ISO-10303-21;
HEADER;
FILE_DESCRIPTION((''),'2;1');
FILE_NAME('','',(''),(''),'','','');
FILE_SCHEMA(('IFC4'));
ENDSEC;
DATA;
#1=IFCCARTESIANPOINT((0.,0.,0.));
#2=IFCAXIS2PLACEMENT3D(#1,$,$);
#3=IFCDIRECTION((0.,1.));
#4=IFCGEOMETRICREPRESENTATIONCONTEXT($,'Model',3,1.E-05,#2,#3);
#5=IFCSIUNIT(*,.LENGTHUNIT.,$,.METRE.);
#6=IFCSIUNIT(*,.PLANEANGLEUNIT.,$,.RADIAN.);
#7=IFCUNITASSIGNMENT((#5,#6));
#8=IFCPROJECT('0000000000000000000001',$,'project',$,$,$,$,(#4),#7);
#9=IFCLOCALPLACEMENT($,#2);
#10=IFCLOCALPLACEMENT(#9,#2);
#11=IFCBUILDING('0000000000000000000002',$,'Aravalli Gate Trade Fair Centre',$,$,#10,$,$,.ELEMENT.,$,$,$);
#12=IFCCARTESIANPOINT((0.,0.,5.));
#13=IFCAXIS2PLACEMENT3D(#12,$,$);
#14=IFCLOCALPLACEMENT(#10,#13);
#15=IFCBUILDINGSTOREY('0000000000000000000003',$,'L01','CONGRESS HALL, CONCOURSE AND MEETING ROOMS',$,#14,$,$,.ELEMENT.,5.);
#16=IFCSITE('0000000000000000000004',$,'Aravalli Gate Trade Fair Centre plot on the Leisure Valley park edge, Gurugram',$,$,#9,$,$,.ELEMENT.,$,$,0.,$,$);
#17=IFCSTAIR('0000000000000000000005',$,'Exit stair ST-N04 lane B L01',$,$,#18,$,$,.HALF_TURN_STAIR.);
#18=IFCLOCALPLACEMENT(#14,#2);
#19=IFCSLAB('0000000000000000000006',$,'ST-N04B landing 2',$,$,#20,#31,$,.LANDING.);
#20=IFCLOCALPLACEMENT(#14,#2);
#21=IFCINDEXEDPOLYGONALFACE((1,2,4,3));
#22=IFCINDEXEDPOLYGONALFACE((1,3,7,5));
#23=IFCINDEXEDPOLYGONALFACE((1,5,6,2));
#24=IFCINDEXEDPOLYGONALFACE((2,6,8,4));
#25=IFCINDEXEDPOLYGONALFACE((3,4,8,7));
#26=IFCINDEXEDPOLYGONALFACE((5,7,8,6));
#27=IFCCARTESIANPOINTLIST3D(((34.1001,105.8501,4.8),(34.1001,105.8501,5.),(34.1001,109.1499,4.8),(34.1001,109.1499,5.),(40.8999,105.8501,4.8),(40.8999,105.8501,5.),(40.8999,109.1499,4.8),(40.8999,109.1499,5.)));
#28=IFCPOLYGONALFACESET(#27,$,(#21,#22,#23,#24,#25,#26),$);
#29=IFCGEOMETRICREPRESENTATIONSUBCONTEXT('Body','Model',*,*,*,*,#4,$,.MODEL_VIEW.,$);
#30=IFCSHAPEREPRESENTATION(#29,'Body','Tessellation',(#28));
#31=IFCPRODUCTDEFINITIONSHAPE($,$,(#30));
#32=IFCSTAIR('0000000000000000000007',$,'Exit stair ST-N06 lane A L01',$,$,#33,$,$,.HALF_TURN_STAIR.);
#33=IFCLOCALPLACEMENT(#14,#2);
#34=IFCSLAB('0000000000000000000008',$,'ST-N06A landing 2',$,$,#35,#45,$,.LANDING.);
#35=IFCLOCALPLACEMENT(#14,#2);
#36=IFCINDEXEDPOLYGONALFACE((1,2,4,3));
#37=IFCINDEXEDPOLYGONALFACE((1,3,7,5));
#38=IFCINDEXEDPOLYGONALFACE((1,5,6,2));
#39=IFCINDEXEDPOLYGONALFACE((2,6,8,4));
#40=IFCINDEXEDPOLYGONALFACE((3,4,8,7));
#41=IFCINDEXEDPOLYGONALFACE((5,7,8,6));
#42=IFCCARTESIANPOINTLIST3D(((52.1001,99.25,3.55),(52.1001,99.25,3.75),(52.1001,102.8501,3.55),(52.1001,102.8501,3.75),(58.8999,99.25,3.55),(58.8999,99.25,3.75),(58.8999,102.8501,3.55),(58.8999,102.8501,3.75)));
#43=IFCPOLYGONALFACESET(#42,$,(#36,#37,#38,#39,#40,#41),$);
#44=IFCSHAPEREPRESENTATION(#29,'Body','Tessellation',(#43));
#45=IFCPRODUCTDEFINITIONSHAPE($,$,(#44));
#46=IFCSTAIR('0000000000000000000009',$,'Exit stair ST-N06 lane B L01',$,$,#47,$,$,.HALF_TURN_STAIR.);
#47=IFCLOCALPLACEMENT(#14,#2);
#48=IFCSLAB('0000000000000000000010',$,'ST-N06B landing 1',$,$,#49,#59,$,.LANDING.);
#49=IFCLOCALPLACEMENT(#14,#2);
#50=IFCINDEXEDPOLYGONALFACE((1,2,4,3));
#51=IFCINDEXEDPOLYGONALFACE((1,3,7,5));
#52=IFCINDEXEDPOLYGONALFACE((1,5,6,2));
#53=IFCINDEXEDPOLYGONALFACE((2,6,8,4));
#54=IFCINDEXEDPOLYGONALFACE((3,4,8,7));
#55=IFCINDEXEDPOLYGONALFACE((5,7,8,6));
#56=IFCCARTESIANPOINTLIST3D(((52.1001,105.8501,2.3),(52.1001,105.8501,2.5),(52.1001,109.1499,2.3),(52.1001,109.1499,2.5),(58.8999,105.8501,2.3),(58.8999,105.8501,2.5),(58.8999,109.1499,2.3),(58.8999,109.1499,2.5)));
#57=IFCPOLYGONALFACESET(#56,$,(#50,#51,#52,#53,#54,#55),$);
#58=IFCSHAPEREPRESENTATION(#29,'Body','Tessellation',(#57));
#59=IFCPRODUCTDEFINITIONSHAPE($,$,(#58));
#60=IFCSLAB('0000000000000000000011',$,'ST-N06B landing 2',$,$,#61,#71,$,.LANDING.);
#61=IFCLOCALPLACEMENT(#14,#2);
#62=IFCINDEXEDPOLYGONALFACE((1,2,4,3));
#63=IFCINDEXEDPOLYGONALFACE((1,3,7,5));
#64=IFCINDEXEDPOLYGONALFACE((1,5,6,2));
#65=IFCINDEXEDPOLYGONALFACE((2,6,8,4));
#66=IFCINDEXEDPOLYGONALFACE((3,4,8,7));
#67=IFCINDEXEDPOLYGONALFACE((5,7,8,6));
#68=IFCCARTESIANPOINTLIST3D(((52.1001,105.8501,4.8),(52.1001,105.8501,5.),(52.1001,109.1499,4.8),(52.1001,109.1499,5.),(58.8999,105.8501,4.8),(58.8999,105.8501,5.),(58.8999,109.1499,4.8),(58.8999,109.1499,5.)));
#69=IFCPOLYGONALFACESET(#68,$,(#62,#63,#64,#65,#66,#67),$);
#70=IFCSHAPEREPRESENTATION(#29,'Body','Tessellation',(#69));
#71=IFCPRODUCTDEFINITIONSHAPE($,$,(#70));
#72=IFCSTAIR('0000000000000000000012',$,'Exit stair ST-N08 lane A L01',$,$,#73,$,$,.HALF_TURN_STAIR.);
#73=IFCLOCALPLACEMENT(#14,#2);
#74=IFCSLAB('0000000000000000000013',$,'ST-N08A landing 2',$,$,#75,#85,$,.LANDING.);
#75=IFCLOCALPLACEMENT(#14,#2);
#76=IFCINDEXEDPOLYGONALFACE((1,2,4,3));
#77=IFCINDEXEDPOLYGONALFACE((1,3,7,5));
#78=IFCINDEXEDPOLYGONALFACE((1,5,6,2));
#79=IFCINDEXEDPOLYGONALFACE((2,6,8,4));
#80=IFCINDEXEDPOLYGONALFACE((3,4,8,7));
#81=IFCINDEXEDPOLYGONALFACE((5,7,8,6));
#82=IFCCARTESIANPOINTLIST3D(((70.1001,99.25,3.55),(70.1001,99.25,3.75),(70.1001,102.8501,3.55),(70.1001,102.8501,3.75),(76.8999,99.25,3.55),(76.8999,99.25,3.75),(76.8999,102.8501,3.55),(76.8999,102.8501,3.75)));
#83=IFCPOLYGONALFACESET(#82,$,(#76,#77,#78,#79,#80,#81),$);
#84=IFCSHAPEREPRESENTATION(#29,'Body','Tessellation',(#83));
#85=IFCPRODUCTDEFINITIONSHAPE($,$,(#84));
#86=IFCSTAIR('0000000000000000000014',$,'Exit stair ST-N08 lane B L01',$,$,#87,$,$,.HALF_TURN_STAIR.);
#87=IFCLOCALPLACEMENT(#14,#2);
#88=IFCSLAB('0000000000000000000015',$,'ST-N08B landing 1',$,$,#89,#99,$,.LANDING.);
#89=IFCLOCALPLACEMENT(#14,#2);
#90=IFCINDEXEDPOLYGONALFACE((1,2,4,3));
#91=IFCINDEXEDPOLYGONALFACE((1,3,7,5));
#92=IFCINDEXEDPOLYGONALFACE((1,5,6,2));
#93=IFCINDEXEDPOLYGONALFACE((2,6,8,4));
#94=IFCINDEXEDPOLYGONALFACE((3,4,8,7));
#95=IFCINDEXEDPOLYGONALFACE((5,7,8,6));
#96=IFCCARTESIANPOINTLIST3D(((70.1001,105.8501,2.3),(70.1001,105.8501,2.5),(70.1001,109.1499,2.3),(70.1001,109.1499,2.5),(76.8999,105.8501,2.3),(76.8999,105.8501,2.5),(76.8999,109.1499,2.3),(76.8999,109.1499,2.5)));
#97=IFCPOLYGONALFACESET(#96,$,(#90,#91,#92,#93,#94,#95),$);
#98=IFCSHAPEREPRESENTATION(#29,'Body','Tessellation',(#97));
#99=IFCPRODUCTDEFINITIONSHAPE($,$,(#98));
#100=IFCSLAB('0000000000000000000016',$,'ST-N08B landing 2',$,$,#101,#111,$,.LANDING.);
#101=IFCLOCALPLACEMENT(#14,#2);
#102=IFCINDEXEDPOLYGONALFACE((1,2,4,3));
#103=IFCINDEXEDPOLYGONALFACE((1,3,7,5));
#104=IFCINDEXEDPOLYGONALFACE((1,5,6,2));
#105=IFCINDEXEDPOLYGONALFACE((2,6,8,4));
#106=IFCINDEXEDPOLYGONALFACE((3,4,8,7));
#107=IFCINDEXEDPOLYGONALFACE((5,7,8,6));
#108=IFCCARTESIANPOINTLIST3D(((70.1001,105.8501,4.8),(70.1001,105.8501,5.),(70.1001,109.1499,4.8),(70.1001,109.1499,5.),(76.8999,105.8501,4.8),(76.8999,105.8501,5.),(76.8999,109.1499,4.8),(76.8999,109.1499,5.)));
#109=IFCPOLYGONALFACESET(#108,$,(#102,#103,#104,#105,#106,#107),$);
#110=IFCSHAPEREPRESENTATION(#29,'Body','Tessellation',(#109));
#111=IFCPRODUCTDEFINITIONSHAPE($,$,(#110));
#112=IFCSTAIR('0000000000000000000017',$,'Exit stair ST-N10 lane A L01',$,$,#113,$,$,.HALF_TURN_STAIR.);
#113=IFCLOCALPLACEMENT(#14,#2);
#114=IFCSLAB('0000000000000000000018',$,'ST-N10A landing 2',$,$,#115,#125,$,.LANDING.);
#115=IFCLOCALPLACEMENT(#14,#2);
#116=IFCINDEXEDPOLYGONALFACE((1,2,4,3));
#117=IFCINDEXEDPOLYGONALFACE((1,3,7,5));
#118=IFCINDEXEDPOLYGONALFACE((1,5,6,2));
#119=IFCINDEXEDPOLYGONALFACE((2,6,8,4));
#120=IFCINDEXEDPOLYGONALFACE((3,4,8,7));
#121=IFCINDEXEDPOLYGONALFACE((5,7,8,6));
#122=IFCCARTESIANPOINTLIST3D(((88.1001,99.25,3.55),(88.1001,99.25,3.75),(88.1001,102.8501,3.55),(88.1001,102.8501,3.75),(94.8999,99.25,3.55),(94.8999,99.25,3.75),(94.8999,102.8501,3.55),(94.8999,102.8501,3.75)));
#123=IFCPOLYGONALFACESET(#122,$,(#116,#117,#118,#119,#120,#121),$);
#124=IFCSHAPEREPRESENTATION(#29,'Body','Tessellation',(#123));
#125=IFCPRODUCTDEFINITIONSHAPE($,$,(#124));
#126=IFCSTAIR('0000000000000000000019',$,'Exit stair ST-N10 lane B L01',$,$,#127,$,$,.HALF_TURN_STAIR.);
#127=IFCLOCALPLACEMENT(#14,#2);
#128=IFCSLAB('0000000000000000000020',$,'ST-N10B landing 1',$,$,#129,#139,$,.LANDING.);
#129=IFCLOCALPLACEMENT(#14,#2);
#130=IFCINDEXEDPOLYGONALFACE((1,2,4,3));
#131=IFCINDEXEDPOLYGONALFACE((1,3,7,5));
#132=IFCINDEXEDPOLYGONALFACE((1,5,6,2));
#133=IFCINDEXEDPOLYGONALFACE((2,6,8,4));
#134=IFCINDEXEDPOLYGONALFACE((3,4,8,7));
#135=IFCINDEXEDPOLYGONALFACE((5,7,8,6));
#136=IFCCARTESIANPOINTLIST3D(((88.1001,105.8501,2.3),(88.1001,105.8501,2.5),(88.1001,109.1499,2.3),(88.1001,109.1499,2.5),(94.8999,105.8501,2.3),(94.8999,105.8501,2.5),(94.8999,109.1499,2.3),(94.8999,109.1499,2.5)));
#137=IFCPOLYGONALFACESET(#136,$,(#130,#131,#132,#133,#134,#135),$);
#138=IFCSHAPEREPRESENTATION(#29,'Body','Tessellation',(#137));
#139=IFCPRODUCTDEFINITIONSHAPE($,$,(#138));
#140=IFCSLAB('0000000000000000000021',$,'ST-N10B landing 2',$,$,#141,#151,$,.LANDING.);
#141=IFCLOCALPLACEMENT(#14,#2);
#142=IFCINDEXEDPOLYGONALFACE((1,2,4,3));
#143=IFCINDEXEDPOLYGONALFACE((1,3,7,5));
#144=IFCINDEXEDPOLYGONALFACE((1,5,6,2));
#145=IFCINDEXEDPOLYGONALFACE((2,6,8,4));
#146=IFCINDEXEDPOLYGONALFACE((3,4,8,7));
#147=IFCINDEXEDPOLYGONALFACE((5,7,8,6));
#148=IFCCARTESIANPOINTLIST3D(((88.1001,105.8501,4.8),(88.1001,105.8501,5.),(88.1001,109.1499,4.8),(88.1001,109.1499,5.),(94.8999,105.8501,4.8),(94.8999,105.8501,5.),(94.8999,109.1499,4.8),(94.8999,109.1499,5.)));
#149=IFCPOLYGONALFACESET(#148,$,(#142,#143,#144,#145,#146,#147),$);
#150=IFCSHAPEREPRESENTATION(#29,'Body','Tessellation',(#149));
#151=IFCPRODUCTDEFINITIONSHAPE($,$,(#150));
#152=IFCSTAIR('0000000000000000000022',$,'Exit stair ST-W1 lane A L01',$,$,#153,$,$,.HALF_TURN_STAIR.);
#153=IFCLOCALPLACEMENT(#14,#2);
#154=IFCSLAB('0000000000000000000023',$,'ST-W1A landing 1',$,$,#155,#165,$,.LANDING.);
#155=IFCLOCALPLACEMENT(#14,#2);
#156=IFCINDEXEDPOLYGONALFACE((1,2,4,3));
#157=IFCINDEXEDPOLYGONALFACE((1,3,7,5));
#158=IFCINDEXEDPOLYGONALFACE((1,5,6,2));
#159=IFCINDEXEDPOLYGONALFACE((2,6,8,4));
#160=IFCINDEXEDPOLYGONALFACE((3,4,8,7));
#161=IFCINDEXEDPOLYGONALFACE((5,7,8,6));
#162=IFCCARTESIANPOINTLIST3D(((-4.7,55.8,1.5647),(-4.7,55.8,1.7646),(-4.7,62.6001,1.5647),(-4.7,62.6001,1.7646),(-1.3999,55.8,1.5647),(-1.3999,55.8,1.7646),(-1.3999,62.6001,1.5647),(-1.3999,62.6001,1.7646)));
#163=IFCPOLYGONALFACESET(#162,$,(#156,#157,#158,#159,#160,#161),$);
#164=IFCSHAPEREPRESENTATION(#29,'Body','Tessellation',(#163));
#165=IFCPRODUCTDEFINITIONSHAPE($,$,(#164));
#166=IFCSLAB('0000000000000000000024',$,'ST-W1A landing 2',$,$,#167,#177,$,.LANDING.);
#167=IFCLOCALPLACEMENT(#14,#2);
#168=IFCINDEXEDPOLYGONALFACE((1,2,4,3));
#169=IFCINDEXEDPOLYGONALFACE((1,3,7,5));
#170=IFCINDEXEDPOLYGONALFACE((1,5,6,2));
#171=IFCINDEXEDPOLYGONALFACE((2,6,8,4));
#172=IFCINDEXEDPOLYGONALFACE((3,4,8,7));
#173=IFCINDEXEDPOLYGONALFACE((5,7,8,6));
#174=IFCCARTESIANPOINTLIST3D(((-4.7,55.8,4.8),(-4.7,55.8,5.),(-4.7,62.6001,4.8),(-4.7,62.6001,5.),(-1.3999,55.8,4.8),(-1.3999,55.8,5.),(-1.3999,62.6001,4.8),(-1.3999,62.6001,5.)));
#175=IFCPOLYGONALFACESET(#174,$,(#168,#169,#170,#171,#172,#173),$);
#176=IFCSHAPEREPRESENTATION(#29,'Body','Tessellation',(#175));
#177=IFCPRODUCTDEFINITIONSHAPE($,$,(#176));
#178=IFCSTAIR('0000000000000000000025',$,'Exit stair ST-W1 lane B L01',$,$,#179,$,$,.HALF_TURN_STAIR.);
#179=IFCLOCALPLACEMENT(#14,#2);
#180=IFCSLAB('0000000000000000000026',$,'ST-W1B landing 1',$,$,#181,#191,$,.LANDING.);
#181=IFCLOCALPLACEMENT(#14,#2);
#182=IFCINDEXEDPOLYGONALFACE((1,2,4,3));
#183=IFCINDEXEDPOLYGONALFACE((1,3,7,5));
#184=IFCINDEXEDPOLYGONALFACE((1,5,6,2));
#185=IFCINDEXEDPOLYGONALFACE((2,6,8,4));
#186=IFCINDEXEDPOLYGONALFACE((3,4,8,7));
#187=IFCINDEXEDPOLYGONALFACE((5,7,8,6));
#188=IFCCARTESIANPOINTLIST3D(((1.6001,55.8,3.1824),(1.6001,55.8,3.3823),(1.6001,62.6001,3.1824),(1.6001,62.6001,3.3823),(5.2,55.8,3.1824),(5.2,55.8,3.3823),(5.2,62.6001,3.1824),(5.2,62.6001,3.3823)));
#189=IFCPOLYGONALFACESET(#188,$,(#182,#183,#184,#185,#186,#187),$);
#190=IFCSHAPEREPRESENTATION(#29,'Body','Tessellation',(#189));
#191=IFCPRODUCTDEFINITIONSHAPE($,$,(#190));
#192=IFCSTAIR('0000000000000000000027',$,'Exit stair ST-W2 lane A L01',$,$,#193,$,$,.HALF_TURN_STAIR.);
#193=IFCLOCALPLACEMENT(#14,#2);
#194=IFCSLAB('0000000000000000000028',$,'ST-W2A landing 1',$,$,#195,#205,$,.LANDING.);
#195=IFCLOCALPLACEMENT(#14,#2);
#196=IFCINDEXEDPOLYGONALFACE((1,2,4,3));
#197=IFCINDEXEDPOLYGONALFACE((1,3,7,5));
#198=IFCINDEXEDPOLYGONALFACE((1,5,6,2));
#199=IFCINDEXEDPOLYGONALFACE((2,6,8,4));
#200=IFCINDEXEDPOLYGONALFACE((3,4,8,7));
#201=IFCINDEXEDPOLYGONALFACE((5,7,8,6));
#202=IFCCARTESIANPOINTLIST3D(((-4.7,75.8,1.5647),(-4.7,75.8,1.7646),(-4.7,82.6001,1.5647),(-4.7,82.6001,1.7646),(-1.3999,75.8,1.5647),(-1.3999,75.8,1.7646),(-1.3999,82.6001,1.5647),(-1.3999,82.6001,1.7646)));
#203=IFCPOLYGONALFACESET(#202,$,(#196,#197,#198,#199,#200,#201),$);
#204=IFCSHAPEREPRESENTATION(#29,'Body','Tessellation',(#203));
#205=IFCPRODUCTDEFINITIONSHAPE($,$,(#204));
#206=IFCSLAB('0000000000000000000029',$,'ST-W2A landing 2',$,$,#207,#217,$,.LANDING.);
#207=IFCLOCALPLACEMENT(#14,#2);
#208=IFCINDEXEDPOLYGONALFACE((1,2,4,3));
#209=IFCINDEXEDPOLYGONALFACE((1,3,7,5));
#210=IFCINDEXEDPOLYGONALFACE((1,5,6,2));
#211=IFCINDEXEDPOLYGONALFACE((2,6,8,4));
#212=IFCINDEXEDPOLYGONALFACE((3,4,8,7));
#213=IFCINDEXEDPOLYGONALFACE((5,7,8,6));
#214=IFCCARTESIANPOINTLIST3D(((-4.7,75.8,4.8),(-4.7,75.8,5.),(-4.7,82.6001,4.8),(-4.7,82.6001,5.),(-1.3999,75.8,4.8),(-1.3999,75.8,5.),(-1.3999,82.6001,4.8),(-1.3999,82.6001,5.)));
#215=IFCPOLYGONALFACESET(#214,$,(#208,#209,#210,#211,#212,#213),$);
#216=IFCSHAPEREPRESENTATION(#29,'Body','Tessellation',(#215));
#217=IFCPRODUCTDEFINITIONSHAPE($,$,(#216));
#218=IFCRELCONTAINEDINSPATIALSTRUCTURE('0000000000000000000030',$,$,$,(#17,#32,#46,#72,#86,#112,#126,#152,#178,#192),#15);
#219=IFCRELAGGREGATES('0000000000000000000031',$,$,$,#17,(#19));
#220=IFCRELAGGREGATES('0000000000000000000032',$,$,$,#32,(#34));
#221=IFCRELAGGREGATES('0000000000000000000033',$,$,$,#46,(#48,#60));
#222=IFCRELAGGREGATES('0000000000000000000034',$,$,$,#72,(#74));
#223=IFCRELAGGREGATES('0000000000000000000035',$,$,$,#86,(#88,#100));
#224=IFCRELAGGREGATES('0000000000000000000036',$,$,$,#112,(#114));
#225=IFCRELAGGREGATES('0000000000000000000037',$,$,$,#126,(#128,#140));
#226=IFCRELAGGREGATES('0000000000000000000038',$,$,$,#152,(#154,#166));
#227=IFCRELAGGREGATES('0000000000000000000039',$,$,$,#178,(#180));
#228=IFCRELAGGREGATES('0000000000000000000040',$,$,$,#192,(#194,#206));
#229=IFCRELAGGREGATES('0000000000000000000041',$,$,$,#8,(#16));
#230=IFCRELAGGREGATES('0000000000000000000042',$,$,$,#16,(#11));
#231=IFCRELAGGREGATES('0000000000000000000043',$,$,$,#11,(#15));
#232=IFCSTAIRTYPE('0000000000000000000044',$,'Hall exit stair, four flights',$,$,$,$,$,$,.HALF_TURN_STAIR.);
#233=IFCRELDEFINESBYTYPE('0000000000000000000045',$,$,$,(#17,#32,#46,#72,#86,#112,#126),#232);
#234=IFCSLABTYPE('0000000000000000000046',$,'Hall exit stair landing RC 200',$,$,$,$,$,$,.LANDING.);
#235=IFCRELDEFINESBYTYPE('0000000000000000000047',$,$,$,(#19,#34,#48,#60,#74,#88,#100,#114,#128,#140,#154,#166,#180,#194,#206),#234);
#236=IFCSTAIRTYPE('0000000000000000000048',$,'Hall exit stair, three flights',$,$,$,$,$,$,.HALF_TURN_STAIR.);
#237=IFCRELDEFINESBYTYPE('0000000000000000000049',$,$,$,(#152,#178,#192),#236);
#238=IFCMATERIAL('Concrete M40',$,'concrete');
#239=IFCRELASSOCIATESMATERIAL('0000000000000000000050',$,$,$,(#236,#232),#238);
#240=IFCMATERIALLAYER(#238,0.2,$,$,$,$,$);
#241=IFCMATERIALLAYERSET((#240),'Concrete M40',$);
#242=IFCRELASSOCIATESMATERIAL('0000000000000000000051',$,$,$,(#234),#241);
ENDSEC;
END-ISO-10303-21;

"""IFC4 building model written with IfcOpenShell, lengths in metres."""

from ifc_helpers import new_model, si_unit, direction, frame, origin, place, context, subcontext, project, spatial, polyline, outline, extrude, material, layer, layer_set, type_object, element, aggregate, save


model = new_model("IFC4")

# Units and contexts
model_context = context("Model", 3, precision=1e-05, world=origin(), true_north=direction((0.0, 1.0)))
body_context = subcontext(model_context, "Body", "Model", "MODEL_VIEW")
ifc_project = project(units=[si_unit("LENGTHUNIT", "METRE"), si_unit("PLANEANGLEUNIT", "RADIAN")], contexts=[model_context])

# Site, building, storey
site_placement = place(None, origin())
site = spatial("IfcSite", under=ifc_project, at=site_placement, Name="Aravalli Gate Trade Fair Centre plot on the Leisure Valley park edge, Gurugram", CompositionType="ELEMENT", RefElevation=0.0)
building_placement = place(site_placement, origin())
building = spatial("IfcBuilding", under=site, at=building_placement, Name="Aravalli Gate Trade Fair Centre", CompositionType="ELEMENT")
storey_placement = place(building_placement, frame((0.0, 0.0, 5.0)))
storey = spatial("IfcBuildingStorey", under=building, at=storey_placement, Name="L01", Description="CONGRESS HALL, CONCOURSE AND MEETING ROOMS", CompositionType="ELEMENT", Elevation=5.0)

# Shared definitions
ifc_material = material(Name="Concrete M40", Category="concrete")
stair_type_1 = type_object("IfcStairType", Name="Hall exit stair, three flights", PredefinedType="HALF_TURN_STAIR", material=ifc_material)
ifc_layer = layer(ifc_material, 0.2)
ifc_layer_set = layer_set([ifc_layer], Name="Concrete M40")
slab_type = type_object("IfcSlabType", Name="Hall exit stair landing RC 200", PredefinedType="LANDING", material=ifc_layer_set)
stair_type_2 = type_object("IfcStairType", Name="Hall exit stair, four flights", PredefinedType="HALF_TURN_STAIR", material=ifc_material)

# Stair, slab
stair_1_placement = place(storey_placement, origin())
stair_1 = element("IfcStair", 1, at=stair_1_placement, inside=storey, type_object=stair_type_2, Name="Exit stair ST-N04 lane B L01", PredefinedType="HALF_TURN_STAIR")
slab_1_placement = place(storey_placement, frame((0.0, 0.0, 4.8)))
slab_1 = element("IfcSlab", 2, at=slab_1_placement, type_object=slab_type, Name="ST-N04B landing 2", PredefinedType="LANDING", context=body_context, shape_type="SweptSolid", body=[
    extrude(outline(polyline([(34.1001, 109.1499), (40.8999, 109.1499), (40.8999, 105.8501), (34.1001, 105.8501), (34.1001, 109.1499)])), origin(), (0.0, 0.0, 1.0), 0.2),
])
aggregate(stair_1, [slab_1])

# Stair, slab
stair_2_placement = place(storey_placement, origin())
stair_2 = element("IfcStair", 3, at=stair_2_placement, inside=storey, type_object=stair_type_2, Name="Exit stair ST-N06 lane A L01", PredefinedType="HALF_TURN_STAIR")
slab_2_placement = place(storey_placement, frame((0.0, 0.0, 3.55)))
slab_2 = element("IfcSlab", 4, at=slab_2_placement, type_object=slab_type, Name="ST-N06A landing 2", PredefinedType="LANDING", context=body_context, shape_type="SweptSolid", body=[
    extrude(outline(polyline([(52.1001, 102.8501), (58.8999, 102.8501), (58.8999, 99.25), (52.1001, 99.25), (52.1001, 102.8501)])), origin(), (0.0, 0.0, 1.0), 0.2),
])
aggregate(stair_2, [slab_2])

# Stair, slabs
stair_3_placement = place(storey_placement, origin())
stair_3 = element("IfcStair", 5, at=stair_3_placement, inside=storey, type_object=stair_type_2, Name="Exit stair ST-N06 lane B L01", PredefinedType="HALF_TURN_STAIR")
slab_3_placement = place(storey_placement, frame((0.0, 0.0, 2.3)))
slab_3 = element("IfcSlab", 6, at=slab_3_placement, type_object=slab_type, Name="ST-N06B landing 1", PredefinedType="LANDING", context=body_context, shape_type="SweptSolid", body=[
    extrude(outline(polyline([(52.1001, 109.1499), (58.8999, 109.1499), (58.8999, 105.8501), (52.1001, 105.8501), (52.1001, 109.1499)])), origin(), (0.0, 0.0, 1.0), 0.2),
])
slab_4_placement = place(storey_placement, frame((0.0, 0.0, 4.8)))
slab_4 = element("IfcSlab", 7, at=slab_4_placement, type_object=slab_type, Name="ST-N06B landing 2", PredefinedType="LANDING", context=body_context, shape_type="SweptSolid", body=[
    extrude(outline(polyline([(52.1001, 109.1499), (58.8999, 109.1499), (58.8999, 105.8501), (52.1001, 105.8501), (52.1001, 109.1499)])), origin(), (0.0, 0.0, 1.0), 0.2),
])
aggregate(stair_3, [slab_3, slab_4])

# Stair, slab
stair_4_placement = place(storey_placement, origin())
stair_4 = element("IfcStair", 8, at=stair_4_placement, inside=storey, type_object=stair_type_2, Name="Exit stair ST-N08 lane A L01", PredefinedType="HALF_TURN_STAIR")
slab_5_placement = place(storey_placement, frame((0.0, 0.0, 3.55)))
slab_5 = element("IfcSlab", 9, at=slab_5_placement, type_object=slab_type, Name="ST-N08A landing 2", PredefinedType="LANDING", context=body_context, shape_type="SweptSolid", body=[
    extrude(outline(polyline([(70.1001, 102.8501), (76.8999, 102.8501), (76.8999, 99.25), (70.1001, 99.25), (70.1001, 102.8501)])), origin(), (0.0, 0.0, 1.0), 0.2),
])
aggregate(stair_4, [slab_5])

# Stair, slabs
stair_5_placement = place(storey_placement, origin())
stair_5 = element("IfcStair", 10, at=stair_5_placement, inside=storey, type_object=stair_type_2, Name="Exit stair ST-N08 lane B L01", PredefinedType="HALF_TURN_STAIR")
slab_6_placement = place(storey_placement, frame((0.0, 0.0, 2.3)))
slab_6 = element("IfcSlab", 11, at=slab_6_placement, type_object=slab_type, Name="ST-N08B landing 1", PredefinedType="LANDING", context=body_context, shape_type="SweptSolid", body=[
    extrude(outline(polyline([(70.1001, 109.1499), (76.8999, 109.1499), (76.8999, 105.8501), (70.1001, 105.8501), (70.1001, 109.1499)])), origin(), (0.0, 0.0, 1.0), 0.2),
])
slab_7_placement = place(storey_placement, frame((0.0, 0.0, 4.8)))
slab_7 = element("IfcSlab", 12, at=slab_7_placement, type_object=slab_type, Name="ST-N08B landing 2", PredefinedType="LANDING", context=body_context, shape_type="SweptSolid", body=[
    extrude(outline(polyline([(70.1001, 109.1499), (76.8999, 109.1499), (76.8999, 105.8501), (70.1001, 105.8501), (70.1001, 109.1499)])), origin(), (0.0, 0.0, 1.0), 0.2),
])
aggregate(stair_5, [slab_6, slab_7])

# Stair, slab
stair_6_placement = place(storey_placement, origin())
stair_6 = element("IfcStair", 13, at=stair_6_placement, inside=storey, type_object=stair_type_2, Name="Exit stair ST-N10 lane A L01", PredefinedType="HALF_TURN_STAIR")
slab_8_placement = place(storey_placement, frame((0.0, 0.0, 3.55)))
slab_8 = element("IfcSlab", 14, at=slab_8_placement, type_object=slab_type, Name="ST-N10A landing 2", PredefinedType="LANDING", context=body_context, shape_type="SweptSolid", body=[
    extrude(outline(polyline([(88.1001, 102.8501), (94.8999, 102.8501), (94.8999, 99.25), (88.1001, 99.25), (88.1001, 102.8501)])), origin(), (0.0, 0.0, 1.0), 0.2),
])
aggregate(stair_6, [slab_8])

# Stairs, slabs
stair_7_placement = place(storey_placement, origin())
stair_7 = element("IfcStair", 15, at=stair_7_placement, inside=storey, type_object=stair_type_2, Name="Exit stair ST-N10 lane B L01", PredefinedType="HALF_TURN_STAIR")
slab_9_placement = place(storey_placement, frame((0.0, 0.0, 2.3)))
slab_9 = element("IfcSlab", 16, at=slab_9_placement, type_object=slab_type, Name="ST-N10B landing 1", PredefinedType="LANDING", context=body_context, shape_type="SweptSolid", body=[
    extrude(outline(polyline([(88.1001, 109.1499), (94.8999, 109.1499), (94.8999, 105.8501), (88.1001, 105.8501), (88.1001, 109.1499)])), origin(), (0.0, 0.0, 1.0), 0.2),
])
slab_10_placement = place(storey_placement, frame((0.0, 0.0, 4.8)))
slab_10 = element("IfcSlab", 17, at=slab_10_placement, type_object=slab_type, Name="ST-N10B landing 2", PredefinedType="LANDING", context=body_context, shape_type="SweptSolid", body=[
    extrude(outline(polyline([(88.1001, 109.1499), (94.8999, 109.1499), (94.8999, 105.8501), (88.1001, 105.8501), (88.1001, 109.1499)])), origin(), (0.0, 0.0, 1.0), 0.2),
])
aggregate(stair_7, [slab_9, slab_10])
stair_8_placement = place(storey_placement, origin())
stair_8 = element("IfcStair", 18, at=stair_8_placement, inside=storey, type_object=stair_type_1, Name="Exit stair ST-W1 lane A L01", PredefinedType="HALF_TURN_STAIR")
slab_11_placement = place(storey_placement, frame((0.0, 0.0, 1.5647)))
slab_11 = element("IfcSlab", 19, at=slab_11_placement, type_object=slab_type, Name="ST-W1A landing 1", PredefinedType="LANDING", context=body_context, shape_type="SweptSolid", body=[
    extrude(outline(polyline([(-1.3999, 55.8), (-1.3999, 62.6001), (-4.7, 62.6001), (-4.7, 55.8), (-1.3999, 55.8)])), origin(), (0.0, 0.0, 1.0), 0.2),
])
slab_12_placement = place(storey_placement, frame((0.0, 0.0, 4.8)))
slab_12 = element("IfcSlab", 20, at=slab_12_placement, type_object=slab_type, Name="ST-W1A landing 2", PredefinedType="LANDING", context=body_context, shape_type="SweptSolid", body=[
    extrude(outline(polyline([(-1.3999, 55.8), (-1.3999, 62.6001), (-4.7, 62.6001), (-4.7, 55.8), (-1.3999, 55.8)])), origin(), (0.0, 0.0, 1.0), 0.2),
])
aggregate(stair_8, [slab_11, slab_12])

# Stair, slab
stair_9_placement = place(storey_placement, origin())
stair_9 = element("IfcStair", 21, at=stair_9_placement, inside=storey, type_object=stair_type_1, Name="Exit stair ST-W1 lane B L01", PredefinedType="HALF_TURN_STAIR")
slab_13_placement = place(storey_placement, frame((0.0, 0.0, 3.1824)))
slab_13 = element("IfcSlab", 22, at=slab_13_placement, type_object=slab_type, Name="ST-W1B landing 1", PredefinedType="LANDING", context=body_context, shape_type="SweptSolid", body=[
    extrude(outline(polyline([(5.2, 55.8), (5.2, 62.6001), (1.6001, 62.6001), (1.6001, 55.8), (5.2, 55.8)])), origin(), (0.0, 0.0, 1.0), 0.2),
])
aggregate(stair_9, [slab_13])

# Stair, slabs
stair_10_placement = place(storey_placement, origin())
stair_10 = element("IfcStair", 23, at=stair_10_placement, inside=storey, type_object=stair_type_1, Name="Exit stair ST-W2 lane A L01", PredefinedType="HALF_TURN_STAIR")
slab_14_placement = place(storey_placement, frame((0.0, 0.0, 1.5647)))
slab_14 = element("IfcSlab", 24, at=slab_14_placement, type_object=slab_type, Name="ST-W2A landing 1", PredefinedType="LANDING", context=body_context, shape_type="SweptSolid", body=[
    extrude(outline(polyline([(-1.3999, 75.8), (-1.3999, 82.6001), (-4.7, 82.6001), (-4.7, 75.8), (-1.3999, 75.8)])), origin(), (0.0, 0.0, 1.0), 0.2),
])
slab_15_placement = place(storey_placement, frame((0.0, 0.0, 4.8)))
slab_15 = element("IfcSlab", 25, at=slab_15_placement, type_object=slab_type, Name="ST-W2A landing 2", PredefinedType="LANDING", context=body_context, shape_type="SweptSolid", body=[
    extrude(outline(polyline([(-1.3999, 75.8), (-1.3999, 82.6001), (-4.7, 82.6001), (-4.7, 75.8), (-1.3999, 75.8)])), origin(), (0.0, 0.0, 1.0), 0.2),
])
aggregate(stair_10, [slab_14, slab_15])

save(model, "model.ifc")
